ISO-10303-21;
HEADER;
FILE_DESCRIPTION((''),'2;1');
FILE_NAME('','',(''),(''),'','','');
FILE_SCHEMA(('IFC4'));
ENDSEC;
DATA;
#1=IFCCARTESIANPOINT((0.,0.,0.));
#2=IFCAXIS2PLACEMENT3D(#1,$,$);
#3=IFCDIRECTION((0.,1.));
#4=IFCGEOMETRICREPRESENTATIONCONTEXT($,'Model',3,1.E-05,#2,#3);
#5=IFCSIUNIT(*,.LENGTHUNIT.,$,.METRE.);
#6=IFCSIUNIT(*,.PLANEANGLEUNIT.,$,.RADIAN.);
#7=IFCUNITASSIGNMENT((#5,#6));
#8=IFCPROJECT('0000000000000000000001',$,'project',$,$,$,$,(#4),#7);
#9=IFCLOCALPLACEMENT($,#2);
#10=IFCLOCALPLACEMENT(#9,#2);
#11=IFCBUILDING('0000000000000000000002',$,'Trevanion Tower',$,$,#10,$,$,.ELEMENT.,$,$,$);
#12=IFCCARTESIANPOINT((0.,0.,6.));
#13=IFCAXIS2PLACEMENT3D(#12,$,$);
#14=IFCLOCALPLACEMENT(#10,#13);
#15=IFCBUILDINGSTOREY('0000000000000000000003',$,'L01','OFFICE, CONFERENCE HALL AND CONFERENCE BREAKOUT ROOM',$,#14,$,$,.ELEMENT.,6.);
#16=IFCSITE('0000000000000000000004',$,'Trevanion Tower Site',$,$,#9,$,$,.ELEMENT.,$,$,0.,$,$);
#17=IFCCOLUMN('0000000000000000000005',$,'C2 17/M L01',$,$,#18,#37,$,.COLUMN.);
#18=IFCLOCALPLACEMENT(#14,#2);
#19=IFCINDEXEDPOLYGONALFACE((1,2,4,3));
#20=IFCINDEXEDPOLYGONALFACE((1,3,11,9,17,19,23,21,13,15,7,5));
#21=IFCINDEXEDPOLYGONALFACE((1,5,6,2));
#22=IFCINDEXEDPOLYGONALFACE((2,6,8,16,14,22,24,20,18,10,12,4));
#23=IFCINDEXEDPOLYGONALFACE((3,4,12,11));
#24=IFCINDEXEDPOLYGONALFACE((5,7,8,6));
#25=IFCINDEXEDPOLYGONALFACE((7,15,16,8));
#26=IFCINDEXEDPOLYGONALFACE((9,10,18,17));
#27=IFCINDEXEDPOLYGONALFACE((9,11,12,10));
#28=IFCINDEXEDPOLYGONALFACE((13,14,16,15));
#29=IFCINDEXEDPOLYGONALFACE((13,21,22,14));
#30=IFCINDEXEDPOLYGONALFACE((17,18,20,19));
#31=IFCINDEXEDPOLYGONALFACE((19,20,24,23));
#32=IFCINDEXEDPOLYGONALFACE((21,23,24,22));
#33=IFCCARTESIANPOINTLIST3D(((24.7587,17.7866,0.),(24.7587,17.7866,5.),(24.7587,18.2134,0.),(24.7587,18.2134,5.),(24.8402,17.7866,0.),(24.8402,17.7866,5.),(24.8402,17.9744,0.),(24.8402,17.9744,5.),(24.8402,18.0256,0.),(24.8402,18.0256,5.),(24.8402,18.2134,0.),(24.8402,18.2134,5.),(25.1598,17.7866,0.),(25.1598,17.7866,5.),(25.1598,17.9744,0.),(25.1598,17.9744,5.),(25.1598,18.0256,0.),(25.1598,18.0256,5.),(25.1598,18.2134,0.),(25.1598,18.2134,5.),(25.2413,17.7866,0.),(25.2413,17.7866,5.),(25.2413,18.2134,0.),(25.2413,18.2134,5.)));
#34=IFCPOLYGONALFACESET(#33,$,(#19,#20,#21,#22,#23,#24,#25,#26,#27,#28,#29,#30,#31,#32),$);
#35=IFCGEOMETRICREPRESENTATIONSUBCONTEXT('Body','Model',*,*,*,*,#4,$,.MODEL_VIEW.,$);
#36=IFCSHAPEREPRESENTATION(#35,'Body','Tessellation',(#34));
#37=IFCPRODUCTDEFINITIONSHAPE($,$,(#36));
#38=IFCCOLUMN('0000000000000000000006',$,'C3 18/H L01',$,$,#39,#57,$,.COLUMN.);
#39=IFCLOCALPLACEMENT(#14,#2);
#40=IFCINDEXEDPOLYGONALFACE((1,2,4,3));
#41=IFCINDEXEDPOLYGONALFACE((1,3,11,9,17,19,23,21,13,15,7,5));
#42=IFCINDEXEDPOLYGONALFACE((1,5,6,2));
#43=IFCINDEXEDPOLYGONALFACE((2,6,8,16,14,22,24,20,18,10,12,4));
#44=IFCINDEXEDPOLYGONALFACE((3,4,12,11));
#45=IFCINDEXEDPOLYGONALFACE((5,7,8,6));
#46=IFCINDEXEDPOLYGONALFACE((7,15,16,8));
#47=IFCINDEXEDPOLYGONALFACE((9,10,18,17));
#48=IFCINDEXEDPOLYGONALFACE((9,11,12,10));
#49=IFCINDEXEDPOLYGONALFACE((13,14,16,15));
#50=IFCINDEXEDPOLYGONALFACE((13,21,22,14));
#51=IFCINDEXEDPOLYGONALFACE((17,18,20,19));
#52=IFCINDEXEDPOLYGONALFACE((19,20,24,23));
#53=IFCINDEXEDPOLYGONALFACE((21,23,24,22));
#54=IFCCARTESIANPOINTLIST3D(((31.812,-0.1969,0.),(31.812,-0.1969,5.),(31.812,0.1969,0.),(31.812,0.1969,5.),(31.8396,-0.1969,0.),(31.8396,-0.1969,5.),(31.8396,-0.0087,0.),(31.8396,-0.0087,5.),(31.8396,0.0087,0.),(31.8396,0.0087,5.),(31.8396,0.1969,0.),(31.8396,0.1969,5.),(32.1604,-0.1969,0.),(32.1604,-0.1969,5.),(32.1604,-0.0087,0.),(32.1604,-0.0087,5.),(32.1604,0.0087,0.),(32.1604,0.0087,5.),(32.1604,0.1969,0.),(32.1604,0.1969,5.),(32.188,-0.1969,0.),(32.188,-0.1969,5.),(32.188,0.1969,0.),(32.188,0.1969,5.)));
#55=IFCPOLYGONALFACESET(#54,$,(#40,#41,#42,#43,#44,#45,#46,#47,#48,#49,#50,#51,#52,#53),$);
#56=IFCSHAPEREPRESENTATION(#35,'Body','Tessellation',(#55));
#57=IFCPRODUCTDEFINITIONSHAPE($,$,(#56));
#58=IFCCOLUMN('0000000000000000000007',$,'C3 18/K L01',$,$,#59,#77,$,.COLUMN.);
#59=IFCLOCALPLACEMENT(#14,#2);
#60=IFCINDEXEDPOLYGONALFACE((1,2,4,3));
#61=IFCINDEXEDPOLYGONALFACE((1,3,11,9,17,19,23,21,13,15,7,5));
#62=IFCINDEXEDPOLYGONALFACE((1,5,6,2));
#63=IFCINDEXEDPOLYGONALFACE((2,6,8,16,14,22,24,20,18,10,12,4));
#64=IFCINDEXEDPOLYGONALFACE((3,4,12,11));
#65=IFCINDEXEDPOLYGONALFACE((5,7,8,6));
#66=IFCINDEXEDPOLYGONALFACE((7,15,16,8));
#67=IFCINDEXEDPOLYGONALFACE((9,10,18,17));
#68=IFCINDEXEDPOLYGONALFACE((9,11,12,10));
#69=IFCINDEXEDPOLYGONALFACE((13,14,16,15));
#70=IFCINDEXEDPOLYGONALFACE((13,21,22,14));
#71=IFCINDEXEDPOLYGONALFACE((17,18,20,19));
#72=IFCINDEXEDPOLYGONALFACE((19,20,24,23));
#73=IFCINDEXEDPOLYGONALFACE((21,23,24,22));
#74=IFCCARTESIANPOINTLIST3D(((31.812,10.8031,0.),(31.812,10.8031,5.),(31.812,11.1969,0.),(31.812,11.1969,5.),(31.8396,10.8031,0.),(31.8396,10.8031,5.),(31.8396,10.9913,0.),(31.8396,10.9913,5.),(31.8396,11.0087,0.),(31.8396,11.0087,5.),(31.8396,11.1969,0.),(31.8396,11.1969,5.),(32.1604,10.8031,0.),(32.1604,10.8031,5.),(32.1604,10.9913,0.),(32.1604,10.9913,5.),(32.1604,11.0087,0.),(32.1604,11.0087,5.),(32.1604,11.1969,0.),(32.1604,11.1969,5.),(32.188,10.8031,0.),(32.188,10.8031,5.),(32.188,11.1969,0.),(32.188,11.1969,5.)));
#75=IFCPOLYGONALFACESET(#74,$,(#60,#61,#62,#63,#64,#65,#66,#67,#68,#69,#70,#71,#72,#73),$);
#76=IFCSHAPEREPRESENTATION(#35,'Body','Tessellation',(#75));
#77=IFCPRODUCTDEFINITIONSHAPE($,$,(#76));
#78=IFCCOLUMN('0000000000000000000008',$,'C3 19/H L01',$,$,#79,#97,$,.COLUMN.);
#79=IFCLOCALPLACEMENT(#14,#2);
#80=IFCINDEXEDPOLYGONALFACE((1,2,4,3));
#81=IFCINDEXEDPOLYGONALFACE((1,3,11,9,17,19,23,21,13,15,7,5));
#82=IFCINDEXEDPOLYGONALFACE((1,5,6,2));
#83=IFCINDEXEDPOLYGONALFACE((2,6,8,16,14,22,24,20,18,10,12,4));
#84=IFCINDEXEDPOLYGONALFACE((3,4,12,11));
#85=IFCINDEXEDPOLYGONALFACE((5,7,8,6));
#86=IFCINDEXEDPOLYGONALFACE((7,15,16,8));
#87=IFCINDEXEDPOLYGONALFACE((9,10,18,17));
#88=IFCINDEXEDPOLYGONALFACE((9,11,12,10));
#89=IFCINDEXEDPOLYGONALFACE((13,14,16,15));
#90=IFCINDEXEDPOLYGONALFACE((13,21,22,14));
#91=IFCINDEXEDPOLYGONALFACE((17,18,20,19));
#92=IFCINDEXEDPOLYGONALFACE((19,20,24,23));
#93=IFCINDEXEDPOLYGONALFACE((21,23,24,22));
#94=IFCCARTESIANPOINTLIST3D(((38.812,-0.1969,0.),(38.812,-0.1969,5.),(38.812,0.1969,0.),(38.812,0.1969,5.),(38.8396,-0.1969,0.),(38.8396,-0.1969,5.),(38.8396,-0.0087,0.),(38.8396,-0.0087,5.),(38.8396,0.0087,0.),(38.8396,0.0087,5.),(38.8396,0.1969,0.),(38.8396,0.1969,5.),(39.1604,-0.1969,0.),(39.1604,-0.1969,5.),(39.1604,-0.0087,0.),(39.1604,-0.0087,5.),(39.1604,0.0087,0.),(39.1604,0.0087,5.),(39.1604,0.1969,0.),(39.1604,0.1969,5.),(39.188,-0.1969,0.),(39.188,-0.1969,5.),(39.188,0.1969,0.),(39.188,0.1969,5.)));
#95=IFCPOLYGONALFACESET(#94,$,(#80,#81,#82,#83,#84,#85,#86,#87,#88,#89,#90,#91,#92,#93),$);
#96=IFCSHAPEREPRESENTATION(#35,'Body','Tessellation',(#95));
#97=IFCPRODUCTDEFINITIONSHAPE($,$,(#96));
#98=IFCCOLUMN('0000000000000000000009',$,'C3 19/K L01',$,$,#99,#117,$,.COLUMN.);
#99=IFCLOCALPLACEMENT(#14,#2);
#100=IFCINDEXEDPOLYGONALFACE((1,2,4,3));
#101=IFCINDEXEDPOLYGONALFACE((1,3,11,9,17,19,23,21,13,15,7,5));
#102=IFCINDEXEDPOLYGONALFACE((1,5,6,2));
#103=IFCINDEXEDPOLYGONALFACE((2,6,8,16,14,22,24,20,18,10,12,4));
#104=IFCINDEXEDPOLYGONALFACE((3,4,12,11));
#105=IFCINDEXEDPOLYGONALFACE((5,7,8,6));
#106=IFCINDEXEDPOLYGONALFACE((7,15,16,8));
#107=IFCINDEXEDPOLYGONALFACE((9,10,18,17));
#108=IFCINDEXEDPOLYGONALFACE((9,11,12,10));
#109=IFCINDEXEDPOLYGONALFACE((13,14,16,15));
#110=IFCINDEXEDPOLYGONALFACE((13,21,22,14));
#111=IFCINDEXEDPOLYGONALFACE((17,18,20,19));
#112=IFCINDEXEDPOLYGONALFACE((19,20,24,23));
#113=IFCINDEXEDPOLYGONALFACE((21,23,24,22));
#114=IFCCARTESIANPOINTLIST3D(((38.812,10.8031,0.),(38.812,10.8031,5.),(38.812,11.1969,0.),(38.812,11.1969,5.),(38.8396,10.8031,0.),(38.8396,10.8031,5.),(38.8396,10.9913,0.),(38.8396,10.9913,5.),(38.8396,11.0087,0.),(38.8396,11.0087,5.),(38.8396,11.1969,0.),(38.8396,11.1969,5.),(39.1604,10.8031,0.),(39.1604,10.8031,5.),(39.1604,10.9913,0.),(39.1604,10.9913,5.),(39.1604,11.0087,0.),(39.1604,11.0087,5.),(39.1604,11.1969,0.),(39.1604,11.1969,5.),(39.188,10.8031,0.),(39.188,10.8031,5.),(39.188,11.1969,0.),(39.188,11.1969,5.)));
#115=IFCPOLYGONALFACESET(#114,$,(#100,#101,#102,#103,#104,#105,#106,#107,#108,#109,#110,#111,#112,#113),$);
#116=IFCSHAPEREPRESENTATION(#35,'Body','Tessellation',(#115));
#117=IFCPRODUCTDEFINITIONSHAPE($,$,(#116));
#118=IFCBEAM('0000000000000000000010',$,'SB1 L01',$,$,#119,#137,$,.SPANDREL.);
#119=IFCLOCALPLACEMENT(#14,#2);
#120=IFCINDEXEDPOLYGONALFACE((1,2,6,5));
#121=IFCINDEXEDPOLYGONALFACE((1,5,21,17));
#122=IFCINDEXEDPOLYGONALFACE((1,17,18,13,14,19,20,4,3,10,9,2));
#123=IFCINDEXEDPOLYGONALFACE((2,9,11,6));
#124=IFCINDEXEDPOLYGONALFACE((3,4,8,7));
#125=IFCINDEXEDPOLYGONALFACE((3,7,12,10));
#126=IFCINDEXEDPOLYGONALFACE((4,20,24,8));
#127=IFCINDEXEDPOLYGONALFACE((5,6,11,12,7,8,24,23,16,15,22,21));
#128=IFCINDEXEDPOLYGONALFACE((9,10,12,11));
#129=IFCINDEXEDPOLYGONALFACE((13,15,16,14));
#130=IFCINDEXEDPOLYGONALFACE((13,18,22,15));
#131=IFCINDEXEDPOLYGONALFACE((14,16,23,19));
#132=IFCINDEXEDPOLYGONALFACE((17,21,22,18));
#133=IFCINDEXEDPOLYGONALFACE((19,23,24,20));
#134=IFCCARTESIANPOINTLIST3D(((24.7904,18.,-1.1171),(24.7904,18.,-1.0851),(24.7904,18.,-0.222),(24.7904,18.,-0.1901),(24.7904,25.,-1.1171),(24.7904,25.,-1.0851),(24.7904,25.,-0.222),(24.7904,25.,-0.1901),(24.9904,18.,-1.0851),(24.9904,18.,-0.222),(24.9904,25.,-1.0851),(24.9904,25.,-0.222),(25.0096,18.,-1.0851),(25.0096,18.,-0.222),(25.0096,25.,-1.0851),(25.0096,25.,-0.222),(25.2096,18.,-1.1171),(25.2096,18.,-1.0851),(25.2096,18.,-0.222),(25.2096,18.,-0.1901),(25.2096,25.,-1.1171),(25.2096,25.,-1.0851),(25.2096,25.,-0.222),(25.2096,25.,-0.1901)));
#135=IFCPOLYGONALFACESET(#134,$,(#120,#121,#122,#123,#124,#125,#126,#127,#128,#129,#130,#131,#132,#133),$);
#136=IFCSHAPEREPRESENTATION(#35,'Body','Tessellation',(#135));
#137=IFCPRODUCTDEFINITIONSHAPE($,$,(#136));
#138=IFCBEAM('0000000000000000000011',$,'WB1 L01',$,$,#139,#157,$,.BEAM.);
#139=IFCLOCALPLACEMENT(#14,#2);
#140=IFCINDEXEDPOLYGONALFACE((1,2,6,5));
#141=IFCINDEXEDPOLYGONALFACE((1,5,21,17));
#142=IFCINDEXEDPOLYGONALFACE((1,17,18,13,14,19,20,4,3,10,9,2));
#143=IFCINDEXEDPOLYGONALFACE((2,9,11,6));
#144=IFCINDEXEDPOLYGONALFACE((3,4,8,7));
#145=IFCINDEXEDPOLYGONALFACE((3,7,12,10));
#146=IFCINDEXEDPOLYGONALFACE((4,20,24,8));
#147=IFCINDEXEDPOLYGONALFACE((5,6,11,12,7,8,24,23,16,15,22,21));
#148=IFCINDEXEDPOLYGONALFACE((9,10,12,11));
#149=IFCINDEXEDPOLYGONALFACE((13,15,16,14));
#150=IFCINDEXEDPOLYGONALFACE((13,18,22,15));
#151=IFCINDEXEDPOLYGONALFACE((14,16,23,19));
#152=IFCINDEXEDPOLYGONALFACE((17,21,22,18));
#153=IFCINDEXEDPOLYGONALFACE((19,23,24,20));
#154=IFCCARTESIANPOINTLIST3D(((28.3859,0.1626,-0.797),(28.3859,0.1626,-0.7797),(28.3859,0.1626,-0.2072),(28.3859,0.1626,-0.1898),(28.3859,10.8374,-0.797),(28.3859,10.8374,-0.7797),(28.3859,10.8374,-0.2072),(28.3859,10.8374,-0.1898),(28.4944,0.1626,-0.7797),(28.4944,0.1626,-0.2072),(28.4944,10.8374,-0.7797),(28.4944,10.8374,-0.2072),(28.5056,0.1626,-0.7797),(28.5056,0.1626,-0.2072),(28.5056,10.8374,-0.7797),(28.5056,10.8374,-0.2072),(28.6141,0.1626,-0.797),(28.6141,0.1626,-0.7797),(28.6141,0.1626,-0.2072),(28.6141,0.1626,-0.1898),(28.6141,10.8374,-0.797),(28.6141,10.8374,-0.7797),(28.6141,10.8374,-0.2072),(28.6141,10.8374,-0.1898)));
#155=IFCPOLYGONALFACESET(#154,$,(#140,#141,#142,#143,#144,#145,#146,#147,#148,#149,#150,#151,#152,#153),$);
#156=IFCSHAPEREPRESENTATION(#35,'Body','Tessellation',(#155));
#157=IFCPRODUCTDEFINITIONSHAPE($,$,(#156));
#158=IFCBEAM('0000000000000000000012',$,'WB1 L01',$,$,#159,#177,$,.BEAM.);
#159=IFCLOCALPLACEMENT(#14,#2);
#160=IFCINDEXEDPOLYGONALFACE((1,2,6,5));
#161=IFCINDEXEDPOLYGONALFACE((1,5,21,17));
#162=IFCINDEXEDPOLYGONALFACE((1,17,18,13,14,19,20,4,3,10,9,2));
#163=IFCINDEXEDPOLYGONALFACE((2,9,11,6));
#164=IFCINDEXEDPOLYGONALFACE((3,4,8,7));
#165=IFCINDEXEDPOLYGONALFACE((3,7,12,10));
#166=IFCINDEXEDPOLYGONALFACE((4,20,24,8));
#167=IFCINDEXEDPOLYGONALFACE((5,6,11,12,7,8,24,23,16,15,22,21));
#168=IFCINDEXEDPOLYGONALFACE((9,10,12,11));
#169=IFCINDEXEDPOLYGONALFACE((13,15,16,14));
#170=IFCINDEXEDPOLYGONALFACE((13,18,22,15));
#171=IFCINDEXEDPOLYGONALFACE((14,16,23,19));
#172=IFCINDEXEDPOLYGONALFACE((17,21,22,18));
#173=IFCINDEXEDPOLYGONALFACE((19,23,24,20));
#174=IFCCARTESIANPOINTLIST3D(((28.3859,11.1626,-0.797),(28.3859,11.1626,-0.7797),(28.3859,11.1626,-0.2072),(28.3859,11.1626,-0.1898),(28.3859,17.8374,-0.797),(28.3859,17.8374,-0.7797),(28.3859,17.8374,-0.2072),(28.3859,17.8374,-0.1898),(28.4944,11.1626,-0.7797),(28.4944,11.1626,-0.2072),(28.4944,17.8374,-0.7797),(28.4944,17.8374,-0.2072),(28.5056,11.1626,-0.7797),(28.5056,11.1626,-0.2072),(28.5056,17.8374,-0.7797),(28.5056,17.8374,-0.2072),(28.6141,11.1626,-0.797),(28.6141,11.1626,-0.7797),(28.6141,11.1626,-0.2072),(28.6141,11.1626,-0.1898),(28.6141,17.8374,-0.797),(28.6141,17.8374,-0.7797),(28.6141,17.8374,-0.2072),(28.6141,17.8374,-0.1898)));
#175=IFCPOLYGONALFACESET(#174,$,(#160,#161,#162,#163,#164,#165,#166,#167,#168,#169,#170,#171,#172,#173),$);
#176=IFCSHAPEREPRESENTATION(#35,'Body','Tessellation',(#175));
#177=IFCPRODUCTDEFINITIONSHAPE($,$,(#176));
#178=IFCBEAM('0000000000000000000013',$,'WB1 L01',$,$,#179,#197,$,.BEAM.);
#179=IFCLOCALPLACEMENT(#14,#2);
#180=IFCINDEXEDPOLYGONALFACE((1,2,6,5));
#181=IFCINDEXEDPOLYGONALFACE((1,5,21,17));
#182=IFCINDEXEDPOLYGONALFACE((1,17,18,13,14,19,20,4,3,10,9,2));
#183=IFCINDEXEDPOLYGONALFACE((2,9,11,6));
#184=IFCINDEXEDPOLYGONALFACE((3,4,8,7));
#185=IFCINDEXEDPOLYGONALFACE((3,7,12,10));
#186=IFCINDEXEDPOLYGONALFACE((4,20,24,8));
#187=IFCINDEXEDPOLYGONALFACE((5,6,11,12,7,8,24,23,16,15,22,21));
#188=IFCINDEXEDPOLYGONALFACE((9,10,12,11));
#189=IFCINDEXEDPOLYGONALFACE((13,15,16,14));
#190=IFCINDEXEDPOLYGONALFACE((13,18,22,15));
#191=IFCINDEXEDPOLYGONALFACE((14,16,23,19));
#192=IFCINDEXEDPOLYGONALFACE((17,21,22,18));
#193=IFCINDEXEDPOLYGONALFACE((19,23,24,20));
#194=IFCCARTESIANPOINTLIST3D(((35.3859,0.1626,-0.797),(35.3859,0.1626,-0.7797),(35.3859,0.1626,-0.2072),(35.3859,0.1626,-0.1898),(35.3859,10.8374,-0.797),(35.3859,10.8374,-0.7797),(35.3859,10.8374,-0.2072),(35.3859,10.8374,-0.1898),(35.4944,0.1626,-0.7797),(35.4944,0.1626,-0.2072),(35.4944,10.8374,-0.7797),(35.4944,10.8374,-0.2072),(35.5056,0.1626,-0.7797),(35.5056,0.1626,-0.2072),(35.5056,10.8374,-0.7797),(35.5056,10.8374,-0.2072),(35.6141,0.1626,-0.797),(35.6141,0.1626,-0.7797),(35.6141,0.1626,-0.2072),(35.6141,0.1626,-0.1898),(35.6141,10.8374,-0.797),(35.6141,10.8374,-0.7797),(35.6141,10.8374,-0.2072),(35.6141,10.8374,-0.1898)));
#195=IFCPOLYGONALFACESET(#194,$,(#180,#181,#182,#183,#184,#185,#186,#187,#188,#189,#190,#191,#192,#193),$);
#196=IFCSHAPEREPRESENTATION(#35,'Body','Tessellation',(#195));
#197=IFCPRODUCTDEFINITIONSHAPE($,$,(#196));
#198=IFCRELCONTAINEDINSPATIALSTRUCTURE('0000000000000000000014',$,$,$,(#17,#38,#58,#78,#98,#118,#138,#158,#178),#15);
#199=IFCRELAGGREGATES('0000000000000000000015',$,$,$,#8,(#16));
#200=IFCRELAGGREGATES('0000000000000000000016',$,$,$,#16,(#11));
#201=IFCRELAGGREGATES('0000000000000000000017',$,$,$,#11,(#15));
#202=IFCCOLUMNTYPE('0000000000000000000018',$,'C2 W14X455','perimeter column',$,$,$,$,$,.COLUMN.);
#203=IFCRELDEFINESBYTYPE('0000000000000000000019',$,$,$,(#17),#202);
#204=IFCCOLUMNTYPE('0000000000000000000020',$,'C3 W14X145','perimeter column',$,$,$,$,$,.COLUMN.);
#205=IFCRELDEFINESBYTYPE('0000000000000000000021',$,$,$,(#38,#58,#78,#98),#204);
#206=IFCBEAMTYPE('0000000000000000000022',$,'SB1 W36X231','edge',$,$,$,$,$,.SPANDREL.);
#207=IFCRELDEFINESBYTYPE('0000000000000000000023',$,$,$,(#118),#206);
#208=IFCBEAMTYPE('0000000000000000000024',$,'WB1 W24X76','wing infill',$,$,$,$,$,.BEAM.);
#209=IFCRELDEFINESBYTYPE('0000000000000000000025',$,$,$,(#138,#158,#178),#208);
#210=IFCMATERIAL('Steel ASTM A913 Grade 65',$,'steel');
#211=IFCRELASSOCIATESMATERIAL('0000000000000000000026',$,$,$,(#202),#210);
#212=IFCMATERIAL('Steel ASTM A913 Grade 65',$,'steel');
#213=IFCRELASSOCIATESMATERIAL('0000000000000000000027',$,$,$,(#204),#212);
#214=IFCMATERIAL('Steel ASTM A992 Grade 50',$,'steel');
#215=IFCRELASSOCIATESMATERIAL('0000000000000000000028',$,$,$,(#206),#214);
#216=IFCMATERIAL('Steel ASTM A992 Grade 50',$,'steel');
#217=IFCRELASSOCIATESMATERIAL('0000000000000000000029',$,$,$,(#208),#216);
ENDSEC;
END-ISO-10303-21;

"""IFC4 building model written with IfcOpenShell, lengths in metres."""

from ifc_helpers import new_model, si_unit, direction, frame, origin, origin_2d, place, context, subcontext, project, spatial, i_section, extrude, material, material_profile, profile_set, type_object, element, save


model = new_model("IFC4")

# Units and contexts
model_context = context("Model", 3, precision=1e-05, world=origin(), true_north=direction((0.0, 1.0)))
body_context = subcontext(model_context, "Body", "Model", "MODEL_VIEW")
ifc_project = project(units=[si_unit("LENGTHUNIT", "METRE"), si_unit("PLANEANGLEUNIT", "RADIAN")], contexts=[model_context])

# Site, building, storey
site_placement = place(None, origin())
site = spatial("IfcSite", under=ifc_project, at=site_placement, Name="Trevanion Tower Site", CompositionType="ELEMENT", RefElevation=0.0)
building_placement = place(site_placement, origin())
building = spatial("IfcBuilding", under=site, at=building_placement, Name="Trevanion Tower", CompositionType="ELEMENT")
storey_placement = place(building_placement, frame((0.0, 0.0, 6.0)))
storey = spatial("IfcBuildingStorey", under=building, at=storey_placement, Name="L01", Description="OFFICE, CONFERENCE HALL AND CONFERENCE BREAKOUT ROOM", CompositionType="ELEMENT", Elevation=6.0)

# Columns
ifc_material_1 = material(Name="Steel ASTM A913 Grade 65", Category="steel")
ifc_material_profile_1 = material_profile(ifc_material_1, i_section(OverallWidth=0.4268, OverallDepth=0.4827, WebThickness=0.0513, FlangeThickness=0.0815, at=origin_2d()), Name="W14X455")
ifc_profile_set_1 = profile_set([ifc_material_profile_1], Name="Steel ASTM A913 Grade 65")
column_type_1 = type_object("IfcColumnType", Name="C2 W14X455", Description="perimeter column", PredefinedType="COLUMN", material=ifc_profile_set_1)
column_placement = place(storey_placement, frame((25.0, 18.0, 0.0), z_axis=(0.0, 0.0, 1.0), x_axis=(0.0, 1.0, 0.0)))
element("IfcColumn", 1, at=column_placement, inside=storey, type_object=column_type_1, Name="C2 17/M L01", PredefinedType="COLUMN", context=body_context, shape_type="SweptSolid", body=[
    extrude(i_section(OverallWidth=0.4268, OverallDepth=0.4827, WebThickness=0.0513, FlangeThickness=0.0815, at=origin_2d()), origin(), (0.0, 0.0, 1.0), 5.0),
])
ifc_material_2 = material(Name="Steel ASTM A913 Grade 65", Category="steel")
ifc_material_profile_2 = material_profile(ifc_material_2, i_section(OverallWidth=0.3938, OverallDepth=0.376, WebThickness=0.0173, FlangeThickness=0.0276, at=origin_2d()), Name="W14X145")
ifc_profile_set_2 = profile_set([ifc_material_profile_2], Name="Steel ASTM A913 Grade 65")
column_type_2 = type_object("IfcColumnType", Name="C3 W14X145", Description="perimeter column", PredefinedType="COLUMN", material=ifc_profile_set_2)
for number, where, z_axis, x_axis, name in (
    (2, (32.0, 0.0, 0.0), (0.0, 0.0, 1.0), (0.0, 1.0, 0.0), "C3 18/H L01"),
    (3, (32.0, 11.0, 0.0), (0.0, 0.0, 1.0), (0.0, 1.0, 0.0), "C3 18/K L01"),
    (4, (39.0, 0.0, 0.0), (0.0, 0.0, 1.0), (0.0, 1.0, 0.0), "C3 19/H L01"),
    (5, (39.0, 11.0, 0.0), (0.0, 0.0, 1.0), (0.0, 1.0, 0.0), "C3 19/K L01"),
):
    element("IfcColumn", number, at=place(storey_placement, frame(where, z_axis=z_axis, x_axis=x_axis)), inside=storey, type_object=column_type_2, Name=name, PredefinedType="COLUMN", context=body_context, shape_type="SweptSolid", body=[
        extrude(i_section(OverallWidth=0.3938, OverallDepth=0.376, WebThickness=0.0173, FlangeThickness=0.0276, at=origin_2d()), origin(), (0.0, 0.0, 1.0), 5.0),
    ])

# Beams
ifc_material_3 = material(Name="Steel ASTM A992 Grade 50", Category="steel")
ifc_material_profile_3 = material_profile(ifc_material_3, i_section(OverallWidth=0.4192, OverallDepth=0.927, WebThickness=0.0193, FlangeThickness=0.032, at=origin_2d()), Name="W36X231")
ifc_profile_set_3 = profile_set([ifc_material_profile_3], Name="Steel ASTM A992 Grade 50")
beam_type_1 = type_object("IfcBeamType", Name="SB1 W36X231", Description="edge", PredefinedType="SPANDREL", material=ifc_profile_set_3)
beam_1_placement = place(storey_placement, frame((25.0, 18.0, -0.6536), z_axis=(0.0, 1.0, 0.0), x_axis=(-1.0, 0.0, 0.0)))
element("IfcBeam", 6, at=beam_1_placement, inside=storey, type_object=beam_type_1, Name="SB1 L01", PredefinedType="SPANDREL", context=body_context, shape_type="SweptSolid", body=[
    extrude(i_section(OverallWidth=0.4192, OverallDepth=0.927, WebThickness=0.0193, FlangeThickness=0.032, at=origin_2d()), origin(), (0.0, 0.0, 1.0), 7.0),
])
ifc_material_4 = material(Name="Steel ASTM A992 Grade 50", Category="steel")
ifc_material_profile_4 = material_profile(ifc_material_4, i_section(OverallWidth=0.2283, OverallDepth=0.6072, WebThickness=0.0112, FlangeThickness=0.0173, at=origin_2d()), Name="W24X76")
ifc_profile_set_4 = profile_set([ifc_material_profile_4], Name="Steel ASTM A992 Grade 50")
beam_type_2 = type_object("IfcBeamType", Name="WB1 W24X76", Description="wing infill", PredefinedType="BEAM", material=ifc_profile_set_4)
beam_2_placement = place(storey_placement, frame((28.5, 0.1626, -0.4934), z_axis=(0.0, 1.0, 0.0), x_axis=(-1.0, 0.0, 0.0)))
element("IfcBeam", 7, at=beam_2_placement, inside=storey, type_object=beam_type_2, Name="WB1 L01", PredefinedType="BEAM", context=body_context, shape_type="SweptSolid", body=[
    extrude(i_section(OverallWidth=0.2283, OverallDepth=0.6072, WebThickness=0.0112, FlangeThickness=0.0173, at=origin_2d()), origin(), (0.0, 0.0, 1.0), 10.6748),
])
beam_3_placement = place(storey_placement, frame((28.5, 11.1626, -0.4934), z_axis=(0.0, 1.0, 0.0), x_axis=(-1.0, 0.0, 0.0)))
element("IfcBeam", 8, at=beam_3_placement, inside=storey, type_object=beam_type_2, Name="WB1 L01", PredefinedType="BEAM", context=body_context, shape_type="SweptSolid", body=[
    extrude(i_section(OverallWidth=0.2283, OverallDepth=0.6072, WebThickness=0.0112, FlangeThickness=0.0173, at=origin_2d()), origin(), (0.0, 0.0, 1.0), 6.6748),
])
beam_4_placement = place(storey_placement, frame((35.5, 0.1626, -0.4934), z_axis=(0.0, 1.0, 0.0), x_axis=(-1.0, 0.0, 0.0)))
element("IfcBeam", 9, at=beam_4_placement, inside=storey, type_object=beam_type_2, Name="WB1 L01", PredefinedType="BEAM", context=body_context, shape_type="SweptSolid", body=[
    extrude(i_section(OverallWidth=0.2283, OverallDepth=0.6072, WebThickness=0.0112, FlangeThickness=0.0173, at=origin_2d()), origin(), (0.0, 0.0, 1.0), 10.6748),
])

save(model, "model.ifc")
